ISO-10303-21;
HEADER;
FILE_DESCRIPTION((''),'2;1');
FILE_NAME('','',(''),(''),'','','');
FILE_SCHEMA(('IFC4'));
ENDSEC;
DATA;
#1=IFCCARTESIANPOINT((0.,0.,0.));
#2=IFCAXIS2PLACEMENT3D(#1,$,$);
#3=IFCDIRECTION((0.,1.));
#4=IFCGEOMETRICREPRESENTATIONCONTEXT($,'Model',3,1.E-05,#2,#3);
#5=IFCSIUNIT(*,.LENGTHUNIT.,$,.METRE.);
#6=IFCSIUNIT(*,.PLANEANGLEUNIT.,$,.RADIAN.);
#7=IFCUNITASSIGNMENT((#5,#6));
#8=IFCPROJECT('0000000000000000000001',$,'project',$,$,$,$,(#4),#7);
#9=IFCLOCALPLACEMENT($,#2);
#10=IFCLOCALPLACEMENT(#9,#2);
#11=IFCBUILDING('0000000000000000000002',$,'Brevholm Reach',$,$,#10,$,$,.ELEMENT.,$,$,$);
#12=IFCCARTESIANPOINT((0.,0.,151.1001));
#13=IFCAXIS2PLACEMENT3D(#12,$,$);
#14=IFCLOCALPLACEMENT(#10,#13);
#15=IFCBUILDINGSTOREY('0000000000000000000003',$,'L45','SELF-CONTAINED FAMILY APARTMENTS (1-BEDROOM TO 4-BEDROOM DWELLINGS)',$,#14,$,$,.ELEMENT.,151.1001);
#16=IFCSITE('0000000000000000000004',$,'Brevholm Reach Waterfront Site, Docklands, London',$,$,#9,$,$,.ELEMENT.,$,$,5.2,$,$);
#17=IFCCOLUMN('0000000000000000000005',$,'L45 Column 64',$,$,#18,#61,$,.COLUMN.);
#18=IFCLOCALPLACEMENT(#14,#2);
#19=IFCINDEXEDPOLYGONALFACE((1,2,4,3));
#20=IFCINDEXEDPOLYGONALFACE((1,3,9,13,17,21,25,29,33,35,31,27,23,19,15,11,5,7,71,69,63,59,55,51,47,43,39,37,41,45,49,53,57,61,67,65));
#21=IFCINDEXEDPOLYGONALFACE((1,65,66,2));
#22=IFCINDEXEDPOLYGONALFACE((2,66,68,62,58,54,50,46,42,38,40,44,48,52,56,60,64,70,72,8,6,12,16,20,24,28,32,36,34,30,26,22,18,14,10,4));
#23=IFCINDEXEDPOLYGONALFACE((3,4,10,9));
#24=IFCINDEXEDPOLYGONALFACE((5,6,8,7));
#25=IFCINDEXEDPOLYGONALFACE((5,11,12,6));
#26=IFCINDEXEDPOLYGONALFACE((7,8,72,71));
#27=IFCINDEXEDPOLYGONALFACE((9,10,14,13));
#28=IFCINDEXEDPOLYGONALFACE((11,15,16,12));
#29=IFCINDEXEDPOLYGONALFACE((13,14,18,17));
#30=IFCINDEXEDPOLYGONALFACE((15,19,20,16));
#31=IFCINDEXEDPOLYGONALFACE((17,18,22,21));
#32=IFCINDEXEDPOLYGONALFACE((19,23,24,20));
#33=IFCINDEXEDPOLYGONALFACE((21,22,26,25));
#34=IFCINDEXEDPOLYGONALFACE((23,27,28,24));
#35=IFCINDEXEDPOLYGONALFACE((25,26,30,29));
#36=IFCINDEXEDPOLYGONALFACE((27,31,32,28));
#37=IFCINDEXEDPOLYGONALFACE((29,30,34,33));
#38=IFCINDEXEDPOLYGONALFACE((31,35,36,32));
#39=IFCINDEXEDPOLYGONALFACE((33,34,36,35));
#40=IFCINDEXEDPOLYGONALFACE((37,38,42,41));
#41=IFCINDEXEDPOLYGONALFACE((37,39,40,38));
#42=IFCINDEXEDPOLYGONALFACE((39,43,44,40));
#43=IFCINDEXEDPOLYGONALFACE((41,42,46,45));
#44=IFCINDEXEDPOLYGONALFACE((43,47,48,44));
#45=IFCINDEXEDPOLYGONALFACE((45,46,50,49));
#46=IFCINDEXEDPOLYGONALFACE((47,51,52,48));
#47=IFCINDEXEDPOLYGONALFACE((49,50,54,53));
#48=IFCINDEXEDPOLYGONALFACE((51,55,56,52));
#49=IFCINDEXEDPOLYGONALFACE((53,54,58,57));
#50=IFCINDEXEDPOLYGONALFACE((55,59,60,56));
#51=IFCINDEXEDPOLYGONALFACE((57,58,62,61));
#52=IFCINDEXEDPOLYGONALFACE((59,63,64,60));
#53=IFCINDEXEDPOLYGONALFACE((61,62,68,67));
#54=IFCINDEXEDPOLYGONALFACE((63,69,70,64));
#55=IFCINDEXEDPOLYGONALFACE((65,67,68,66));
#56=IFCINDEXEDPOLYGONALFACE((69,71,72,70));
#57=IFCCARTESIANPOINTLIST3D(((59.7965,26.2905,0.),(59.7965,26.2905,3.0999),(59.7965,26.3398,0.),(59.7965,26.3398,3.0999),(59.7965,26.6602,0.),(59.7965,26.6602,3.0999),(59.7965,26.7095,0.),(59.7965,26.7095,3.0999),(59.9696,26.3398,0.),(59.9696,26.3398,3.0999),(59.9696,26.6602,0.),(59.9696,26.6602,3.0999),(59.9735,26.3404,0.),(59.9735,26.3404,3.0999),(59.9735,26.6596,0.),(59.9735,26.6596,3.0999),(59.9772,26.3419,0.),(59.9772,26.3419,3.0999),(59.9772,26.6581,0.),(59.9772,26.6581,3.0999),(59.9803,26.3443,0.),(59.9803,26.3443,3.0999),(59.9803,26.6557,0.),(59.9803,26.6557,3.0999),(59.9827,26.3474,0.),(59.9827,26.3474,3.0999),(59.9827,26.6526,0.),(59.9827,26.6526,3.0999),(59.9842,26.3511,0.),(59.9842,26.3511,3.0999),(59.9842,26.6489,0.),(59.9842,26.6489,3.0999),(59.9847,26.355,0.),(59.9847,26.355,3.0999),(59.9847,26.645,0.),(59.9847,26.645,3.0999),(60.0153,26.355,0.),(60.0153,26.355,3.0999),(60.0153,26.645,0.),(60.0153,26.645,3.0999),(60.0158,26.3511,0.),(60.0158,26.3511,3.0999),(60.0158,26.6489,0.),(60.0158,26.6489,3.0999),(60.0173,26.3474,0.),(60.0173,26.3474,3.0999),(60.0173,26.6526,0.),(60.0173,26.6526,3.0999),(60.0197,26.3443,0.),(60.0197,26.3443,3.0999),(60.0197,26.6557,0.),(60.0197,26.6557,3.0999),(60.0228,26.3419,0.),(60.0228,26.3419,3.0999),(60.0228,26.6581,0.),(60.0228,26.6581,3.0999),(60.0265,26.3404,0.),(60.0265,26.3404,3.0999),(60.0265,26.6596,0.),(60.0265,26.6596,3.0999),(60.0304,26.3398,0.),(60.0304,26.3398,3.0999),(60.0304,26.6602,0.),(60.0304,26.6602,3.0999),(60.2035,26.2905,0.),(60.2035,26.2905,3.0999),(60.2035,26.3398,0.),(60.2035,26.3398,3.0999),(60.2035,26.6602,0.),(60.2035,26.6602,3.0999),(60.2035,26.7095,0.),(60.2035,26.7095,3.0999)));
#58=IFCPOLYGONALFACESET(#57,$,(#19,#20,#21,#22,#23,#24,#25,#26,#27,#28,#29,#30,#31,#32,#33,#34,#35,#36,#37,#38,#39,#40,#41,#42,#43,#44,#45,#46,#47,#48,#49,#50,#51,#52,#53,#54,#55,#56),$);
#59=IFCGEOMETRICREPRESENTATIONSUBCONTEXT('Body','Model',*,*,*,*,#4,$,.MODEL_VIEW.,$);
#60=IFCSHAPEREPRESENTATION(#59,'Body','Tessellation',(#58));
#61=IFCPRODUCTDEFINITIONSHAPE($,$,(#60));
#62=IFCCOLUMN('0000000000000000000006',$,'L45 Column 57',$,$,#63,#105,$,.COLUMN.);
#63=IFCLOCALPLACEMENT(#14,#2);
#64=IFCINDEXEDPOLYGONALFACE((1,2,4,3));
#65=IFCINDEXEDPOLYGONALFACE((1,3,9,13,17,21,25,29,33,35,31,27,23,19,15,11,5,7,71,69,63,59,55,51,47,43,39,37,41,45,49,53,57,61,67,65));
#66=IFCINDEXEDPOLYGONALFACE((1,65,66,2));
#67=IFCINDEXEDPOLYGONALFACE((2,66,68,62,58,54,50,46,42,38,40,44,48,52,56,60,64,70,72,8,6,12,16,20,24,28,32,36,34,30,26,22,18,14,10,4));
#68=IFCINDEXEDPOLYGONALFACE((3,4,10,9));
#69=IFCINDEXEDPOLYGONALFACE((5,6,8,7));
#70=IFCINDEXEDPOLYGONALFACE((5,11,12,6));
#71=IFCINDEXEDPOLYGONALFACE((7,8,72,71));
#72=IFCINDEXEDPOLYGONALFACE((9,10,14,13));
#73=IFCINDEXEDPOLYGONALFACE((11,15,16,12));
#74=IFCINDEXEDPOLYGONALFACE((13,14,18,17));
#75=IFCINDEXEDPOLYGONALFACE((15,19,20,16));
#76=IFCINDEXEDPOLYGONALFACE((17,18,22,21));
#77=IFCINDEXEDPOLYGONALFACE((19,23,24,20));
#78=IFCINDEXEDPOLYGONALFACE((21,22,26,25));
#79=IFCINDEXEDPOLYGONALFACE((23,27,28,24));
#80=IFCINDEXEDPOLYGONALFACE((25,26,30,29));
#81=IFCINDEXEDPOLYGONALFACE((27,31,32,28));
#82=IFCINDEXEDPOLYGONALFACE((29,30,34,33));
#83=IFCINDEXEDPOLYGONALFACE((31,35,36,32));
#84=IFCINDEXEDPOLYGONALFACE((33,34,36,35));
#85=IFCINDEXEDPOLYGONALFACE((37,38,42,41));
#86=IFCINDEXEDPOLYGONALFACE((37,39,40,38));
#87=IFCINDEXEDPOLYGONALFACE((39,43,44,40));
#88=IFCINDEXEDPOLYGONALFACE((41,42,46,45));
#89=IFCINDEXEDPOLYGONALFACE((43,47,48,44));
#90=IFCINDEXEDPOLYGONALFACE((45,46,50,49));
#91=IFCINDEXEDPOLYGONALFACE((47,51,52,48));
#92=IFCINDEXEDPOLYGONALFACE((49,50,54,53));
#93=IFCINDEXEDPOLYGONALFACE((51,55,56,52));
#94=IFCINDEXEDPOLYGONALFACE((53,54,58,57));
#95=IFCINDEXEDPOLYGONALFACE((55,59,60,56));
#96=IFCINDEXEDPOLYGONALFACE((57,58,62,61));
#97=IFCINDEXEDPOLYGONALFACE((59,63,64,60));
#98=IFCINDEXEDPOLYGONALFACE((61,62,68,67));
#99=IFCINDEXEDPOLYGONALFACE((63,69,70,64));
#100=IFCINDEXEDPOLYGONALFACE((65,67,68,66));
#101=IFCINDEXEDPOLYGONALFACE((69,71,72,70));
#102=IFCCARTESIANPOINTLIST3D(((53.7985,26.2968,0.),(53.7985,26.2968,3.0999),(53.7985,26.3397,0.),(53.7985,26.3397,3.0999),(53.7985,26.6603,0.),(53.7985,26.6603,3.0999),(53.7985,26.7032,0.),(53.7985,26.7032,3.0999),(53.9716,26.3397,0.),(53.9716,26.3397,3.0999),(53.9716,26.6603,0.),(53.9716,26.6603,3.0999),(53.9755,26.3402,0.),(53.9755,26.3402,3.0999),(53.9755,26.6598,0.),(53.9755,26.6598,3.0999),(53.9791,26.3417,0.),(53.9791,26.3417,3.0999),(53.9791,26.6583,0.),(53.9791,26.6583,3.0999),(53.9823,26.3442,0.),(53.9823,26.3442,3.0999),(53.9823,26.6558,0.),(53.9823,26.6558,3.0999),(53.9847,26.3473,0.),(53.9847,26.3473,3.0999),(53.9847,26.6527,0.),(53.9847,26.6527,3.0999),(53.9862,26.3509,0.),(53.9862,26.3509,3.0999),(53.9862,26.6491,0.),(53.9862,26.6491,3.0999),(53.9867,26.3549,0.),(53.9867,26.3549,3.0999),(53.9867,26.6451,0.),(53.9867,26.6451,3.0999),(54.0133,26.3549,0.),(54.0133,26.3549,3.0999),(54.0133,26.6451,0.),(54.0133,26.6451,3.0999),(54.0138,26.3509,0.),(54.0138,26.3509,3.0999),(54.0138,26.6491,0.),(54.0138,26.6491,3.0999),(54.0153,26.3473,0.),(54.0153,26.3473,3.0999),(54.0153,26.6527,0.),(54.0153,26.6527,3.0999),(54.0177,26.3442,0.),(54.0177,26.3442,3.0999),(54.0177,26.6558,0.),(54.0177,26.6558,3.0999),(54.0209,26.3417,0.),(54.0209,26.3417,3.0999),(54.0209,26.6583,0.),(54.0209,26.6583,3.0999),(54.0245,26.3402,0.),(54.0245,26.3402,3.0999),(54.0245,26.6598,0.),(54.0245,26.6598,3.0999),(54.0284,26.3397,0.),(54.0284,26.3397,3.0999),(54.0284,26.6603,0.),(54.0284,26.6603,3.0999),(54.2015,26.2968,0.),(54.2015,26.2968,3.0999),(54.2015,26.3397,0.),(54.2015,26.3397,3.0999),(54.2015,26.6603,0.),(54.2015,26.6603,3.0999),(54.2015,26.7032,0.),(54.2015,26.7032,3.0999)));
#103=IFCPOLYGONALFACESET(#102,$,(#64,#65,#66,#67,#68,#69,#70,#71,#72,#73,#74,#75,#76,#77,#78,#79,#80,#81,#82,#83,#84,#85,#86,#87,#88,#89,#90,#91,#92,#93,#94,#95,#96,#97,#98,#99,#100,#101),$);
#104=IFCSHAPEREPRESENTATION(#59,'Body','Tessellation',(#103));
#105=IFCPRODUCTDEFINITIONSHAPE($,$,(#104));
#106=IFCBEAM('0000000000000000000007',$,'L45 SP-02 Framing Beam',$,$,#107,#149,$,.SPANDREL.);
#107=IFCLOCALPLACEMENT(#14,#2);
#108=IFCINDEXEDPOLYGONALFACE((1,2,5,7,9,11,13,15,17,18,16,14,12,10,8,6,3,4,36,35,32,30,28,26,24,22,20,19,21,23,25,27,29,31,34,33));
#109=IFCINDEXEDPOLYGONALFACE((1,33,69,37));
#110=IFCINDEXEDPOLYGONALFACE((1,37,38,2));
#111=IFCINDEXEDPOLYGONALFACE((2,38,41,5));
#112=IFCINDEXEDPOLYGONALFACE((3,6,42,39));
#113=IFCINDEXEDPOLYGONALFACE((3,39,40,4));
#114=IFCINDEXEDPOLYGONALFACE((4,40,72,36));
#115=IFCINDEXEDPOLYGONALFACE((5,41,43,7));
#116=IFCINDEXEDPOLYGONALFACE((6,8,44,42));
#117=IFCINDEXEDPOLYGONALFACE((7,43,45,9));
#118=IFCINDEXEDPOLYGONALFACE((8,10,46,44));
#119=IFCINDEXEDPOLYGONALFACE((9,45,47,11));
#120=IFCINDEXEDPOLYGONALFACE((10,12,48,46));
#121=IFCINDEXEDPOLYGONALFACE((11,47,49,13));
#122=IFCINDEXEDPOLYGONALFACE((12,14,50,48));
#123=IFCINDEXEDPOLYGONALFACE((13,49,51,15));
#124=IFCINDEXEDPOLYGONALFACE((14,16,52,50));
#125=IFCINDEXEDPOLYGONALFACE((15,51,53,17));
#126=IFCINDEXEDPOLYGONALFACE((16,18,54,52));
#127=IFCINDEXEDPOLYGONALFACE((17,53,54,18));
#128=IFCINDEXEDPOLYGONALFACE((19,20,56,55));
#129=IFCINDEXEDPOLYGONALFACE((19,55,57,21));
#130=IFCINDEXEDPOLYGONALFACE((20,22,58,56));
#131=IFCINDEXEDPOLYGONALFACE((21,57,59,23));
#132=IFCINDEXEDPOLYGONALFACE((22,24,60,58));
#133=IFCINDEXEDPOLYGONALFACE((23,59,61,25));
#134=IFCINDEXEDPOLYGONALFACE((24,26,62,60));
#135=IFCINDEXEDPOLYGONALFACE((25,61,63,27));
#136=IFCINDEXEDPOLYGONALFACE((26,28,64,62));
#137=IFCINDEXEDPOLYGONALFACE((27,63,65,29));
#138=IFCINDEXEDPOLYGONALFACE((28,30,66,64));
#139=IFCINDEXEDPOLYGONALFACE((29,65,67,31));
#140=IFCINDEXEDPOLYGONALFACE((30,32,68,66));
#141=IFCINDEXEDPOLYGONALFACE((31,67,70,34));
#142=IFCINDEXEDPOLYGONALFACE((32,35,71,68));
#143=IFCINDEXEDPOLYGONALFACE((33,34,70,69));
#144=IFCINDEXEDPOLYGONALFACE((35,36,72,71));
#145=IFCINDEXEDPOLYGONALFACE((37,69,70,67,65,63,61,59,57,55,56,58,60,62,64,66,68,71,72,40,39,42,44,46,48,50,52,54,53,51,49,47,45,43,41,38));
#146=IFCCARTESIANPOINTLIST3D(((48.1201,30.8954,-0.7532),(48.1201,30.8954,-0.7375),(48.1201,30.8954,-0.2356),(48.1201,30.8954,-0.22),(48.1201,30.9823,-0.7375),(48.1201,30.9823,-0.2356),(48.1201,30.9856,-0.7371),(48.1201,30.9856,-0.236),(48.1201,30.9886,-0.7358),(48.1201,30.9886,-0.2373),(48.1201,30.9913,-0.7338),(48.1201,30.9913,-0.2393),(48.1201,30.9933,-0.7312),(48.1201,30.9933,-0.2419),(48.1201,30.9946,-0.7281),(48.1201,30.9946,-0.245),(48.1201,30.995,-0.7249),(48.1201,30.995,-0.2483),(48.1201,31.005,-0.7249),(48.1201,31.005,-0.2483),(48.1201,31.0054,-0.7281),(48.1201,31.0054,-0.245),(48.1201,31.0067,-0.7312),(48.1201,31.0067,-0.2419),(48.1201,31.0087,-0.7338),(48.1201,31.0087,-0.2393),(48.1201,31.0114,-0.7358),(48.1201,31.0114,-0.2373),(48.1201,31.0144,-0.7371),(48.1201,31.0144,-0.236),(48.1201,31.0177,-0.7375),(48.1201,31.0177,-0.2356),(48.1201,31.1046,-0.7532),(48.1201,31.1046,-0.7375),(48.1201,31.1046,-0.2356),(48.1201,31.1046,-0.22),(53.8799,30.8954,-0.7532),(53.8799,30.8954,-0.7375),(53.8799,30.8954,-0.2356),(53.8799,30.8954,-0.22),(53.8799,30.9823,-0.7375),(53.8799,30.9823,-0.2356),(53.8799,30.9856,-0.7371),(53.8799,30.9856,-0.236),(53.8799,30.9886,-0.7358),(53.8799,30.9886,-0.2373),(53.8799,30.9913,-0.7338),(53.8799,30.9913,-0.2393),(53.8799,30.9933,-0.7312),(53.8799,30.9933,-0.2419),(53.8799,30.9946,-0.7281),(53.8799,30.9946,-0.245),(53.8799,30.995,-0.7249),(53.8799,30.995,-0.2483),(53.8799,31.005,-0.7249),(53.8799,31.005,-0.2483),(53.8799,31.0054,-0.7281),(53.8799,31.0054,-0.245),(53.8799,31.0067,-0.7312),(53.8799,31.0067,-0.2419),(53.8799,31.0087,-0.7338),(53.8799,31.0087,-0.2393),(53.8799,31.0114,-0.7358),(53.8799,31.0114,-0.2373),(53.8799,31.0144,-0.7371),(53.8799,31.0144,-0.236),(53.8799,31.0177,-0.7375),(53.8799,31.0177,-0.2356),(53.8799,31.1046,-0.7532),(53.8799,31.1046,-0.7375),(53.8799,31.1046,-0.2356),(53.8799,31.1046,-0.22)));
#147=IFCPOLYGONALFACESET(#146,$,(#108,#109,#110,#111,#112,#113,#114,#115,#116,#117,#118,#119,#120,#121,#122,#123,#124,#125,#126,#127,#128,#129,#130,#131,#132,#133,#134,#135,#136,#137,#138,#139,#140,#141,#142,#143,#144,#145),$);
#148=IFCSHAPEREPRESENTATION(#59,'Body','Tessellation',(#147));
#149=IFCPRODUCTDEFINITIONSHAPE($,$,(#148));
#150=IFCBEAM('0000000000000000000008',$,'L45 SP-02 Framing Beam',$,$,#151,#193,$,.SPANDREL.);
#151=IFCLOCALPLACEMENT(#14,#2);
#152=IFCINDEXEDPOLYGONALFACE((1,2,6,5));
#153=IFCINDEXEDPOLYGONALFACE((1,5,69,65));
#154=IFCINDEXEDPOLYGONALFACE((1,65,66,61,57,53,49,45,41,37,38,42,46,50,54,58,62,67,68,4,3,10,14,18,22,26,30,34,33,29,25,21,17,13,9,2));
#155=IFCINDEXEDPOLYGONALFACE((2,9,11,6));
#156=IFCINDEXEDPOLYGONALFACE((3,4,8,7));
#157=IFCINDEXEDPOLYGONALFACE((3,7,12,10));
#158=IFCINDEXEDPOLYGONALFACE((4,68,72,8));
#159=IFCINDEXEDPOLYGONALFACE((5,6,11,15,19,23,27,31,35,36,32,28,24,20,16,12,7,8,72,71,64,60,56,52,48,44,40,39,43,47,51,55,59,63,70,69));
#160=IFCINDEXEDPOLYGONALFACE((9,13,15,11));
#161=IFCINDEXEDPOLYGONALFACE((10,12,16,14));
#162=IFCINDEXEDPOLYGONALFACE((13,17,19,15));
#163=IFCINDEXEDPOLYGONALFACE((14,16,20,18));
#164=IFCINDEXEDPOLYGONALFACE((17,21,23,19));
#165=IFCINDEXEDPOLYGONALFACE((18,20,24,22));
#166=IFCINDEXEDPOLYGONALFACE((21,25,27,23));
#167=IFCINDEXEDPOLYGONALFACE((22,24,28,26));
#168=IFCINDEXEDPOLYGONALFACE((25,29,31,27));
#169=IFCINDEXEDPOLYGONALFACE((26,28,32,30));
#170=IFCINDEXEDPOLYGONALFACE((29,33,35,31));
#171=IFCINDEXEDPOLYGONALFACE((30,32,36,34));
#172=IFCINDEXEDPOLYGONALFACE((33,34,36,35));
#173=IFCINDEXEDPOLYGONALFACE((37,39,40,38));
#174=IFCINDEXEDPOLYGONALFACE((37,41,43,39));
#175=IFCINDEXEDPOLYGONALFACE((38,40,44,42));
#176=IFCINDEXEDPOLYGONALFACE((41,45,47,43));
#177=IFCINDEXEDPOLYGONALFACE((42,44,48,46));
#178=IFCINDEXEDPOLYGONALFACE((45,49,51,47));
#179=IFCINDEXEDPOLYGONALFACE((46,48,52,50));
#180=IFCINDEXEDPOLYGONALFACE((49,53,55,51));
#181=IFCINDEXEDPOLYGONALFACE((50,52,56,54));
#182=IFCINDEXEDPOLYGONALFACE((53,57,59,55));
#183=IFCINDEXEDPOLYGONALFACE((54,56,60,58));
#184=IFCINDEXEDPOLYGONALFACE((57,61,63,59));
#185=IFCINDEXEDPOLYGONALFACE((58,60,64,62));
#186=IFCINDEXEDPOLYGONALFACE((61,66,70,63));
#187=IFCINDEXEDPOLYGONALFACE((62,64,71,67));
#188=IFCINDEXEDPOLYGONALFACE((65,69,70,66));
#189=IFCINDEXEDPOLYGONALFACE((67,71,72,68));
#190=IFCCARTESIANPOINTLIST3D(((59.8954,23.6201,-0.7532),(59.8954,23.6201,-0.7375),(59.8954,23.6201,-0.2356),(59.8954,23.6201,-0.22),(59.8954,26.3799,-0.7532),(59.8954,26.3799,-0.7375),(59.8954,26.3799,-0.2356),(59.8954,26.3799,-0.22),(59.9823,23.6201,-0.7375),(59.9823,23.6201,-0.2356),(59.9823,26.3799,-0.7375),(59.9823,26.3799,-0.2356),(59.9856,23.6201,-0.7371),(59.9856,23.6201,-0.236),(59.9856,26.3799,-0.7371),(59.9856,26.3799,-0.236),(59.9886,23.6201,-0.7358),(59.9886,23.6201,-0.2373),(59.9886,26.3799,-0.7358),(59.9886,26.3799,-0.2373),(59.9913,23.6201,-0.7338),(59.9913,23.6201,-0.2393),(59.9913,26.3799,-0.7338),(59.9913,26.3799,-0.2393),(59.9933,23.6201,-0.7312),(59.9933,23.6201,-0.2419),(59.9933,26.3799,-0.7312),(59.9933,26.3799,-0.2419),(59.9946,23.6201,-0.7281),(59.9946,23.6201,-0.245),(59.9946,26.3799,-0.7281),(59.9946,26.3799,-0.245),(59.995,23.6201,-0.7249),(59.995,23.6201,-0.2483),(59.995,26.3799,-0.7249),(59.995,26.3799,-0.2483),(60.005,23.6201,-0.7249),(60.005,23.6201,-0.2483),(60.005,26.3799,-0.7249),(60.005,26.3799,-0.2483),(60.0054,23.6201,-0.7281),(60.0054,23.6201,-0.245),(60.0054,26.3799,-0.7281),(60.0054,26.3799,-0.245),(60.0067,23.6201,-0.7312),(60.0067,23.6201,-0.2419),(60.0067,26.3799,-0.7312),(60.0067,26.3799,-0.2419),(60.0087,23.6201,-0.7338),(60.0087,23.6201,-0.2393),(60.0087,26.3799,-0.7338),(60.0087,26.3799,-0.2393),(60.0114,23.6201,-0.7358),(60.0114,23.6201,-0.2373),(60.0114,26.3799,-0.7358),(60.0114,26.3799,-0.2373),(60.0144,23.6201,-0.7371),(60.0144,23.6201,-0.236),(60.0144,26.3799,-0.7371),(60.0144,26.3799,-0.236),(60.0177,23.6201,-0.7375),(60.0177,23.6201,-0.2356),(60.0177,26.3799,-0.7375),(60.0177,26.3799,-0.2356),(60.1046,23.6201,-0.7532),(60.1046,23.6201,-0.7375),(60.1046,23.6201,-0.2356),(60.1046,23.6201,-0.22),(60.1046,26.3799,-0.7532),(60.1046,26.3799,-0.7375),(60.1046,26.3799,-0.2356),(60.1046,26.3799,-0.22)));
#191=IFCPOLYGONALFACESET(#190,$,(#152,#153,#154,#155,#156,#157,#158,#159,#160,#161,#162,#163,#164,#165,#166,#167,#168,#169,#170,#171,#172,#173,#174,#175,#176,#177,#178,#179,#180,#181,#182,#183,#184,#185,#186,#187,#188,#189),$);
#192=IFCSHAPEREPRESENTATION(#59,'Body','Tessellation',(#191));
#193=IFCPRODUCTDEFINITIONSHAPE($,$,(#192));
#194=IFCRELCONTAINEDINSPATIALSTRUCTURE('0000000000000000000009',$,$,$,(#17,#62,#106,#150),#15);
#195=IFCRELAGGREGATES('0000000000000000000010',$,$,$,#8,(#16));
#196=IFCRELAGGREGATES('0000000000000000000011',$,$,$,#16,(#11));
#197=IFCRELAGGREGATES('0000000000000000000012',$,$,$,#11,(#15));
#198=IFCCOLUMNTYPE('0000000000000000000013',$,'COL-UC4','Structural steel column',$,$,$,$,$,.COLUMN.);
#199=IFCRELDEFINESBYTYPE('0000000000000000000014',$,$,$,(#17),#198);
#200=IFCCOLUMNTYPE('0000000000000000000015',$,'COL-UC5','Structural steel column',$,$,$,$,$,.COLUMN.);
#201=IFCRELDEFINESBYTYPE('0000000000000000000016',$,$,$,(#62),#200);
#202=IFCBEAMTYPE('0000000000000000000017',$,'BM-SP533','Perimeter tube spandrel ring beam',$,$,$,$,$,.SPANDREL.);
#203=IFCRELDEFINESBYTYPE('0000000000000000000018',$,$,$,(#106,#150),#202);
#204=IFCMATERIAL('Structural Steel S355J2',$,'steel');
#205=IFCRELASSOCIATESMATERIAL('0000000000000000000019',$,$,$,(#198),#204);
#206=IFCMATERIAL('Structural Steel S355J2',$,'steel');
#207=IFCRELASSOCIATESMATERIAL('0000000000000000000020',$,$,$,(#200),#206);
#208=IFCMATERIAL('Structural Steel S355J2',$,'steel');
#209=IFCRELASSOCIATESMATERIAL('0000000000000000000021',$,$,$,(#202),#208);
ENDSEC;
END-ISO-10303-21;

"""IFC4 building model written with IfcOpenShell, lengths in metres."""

from ifc_helpers import new_model, si_unit, direction, frame, origin, origin_2d, place, context, subcontext, project, spatial, i_section, extrude, material, material_profile, profile_set, type_object, element, save


model = new_model("IFC4")

# Units and contexts
model_context = context("Model", 3, precision=1e-05, world=origin(), true_north=direction((0.0, 1.0)))
body_context = subcontext(model_context, "Body", "Model", "MODEL_VIEW")
ifc_project = project(units=[si_unit("LENGTHUNIT", "METRE"), si_unit("PLANEANGLEUNIT", "RADIAN")], contexts=[model_context])

# Site, building, storey
site_placement = place(None, origin())
site = spatial("IfcSite", under=ifc_project, at=site_placement, Name="Brevholm Reach Waterfront Site, Docklands, London", CompositionType="ELEMENT", RefElevation=5.2)
building_placement = place(site_placement, origin())
building = spatial("IfcBuilding", under=site, at=building_placement, Name="Brevholm Reach", CompositionType="ELEMENT")
storey_placement = place(building_placement, frame((0.0, 0.0, 151.1001)))
storey = spatial("IfcBuildingStorey", under=building, at=storey_placement, Name="L45", Description="SELF-CONTAINED FAMILY APARTMENTS (1-BEDROOM TO 4-BEDROOM DWELLINGS)", CompositionType="ELEMENT", Elevation=151.1001)

# Columns
ifc_material_1 = material(Name="Structural Steel S355J2", Category="steel")
ifc_material_profile_1 = material_profile(ifc_material_1, i_section(OverallWidth=0.407, OverallDepth=0.4189, WebThickness=0.0305, FlangeThickness=0.0493, FilletRadius=0.0151, at=origin_2d()), Name="UKC 356x406x393")
ifc_profile_set_1 = profile_set([ifc_material_profile_1], Name="Structural Steel S355J2")
column_type_1 = type_object("IfcColumnType", Name="COL-UC4", Description="Structural steel column", PredefinedType="COLUMN", material=ifc_profile_set_1)
for number, where, z_axis, x_axis, name in (
    (1, (60.0, 26.5, 0.0), (0.0, 0.0, 1.0), (1.0, 0.0, 0.0), "L45 Column 64"),
):
    element("IfcColumn", number, at=place(storey_placement, frame(where, z_axis=z_axis, x_axis=x_axis)), inside=storey, type_object=column_type_1, Name=name, PredefinedType="COLUMN", context=body_context, shape_type="SweptSolid", body=[
        extrude(i_section(OverallWidth=0.407, OverallDepth=0.4189, WebThickness=0.0305, FlangeThickness=0.0493, FilletRadius=0.0151, at=origin_2d()), origin(), (0.0, 0.0, 1.0), 3.0999),
    ])
ifc_material_2 = material(Name="Structural Steel S355J2", Category="steel")
ifc_material_profile_2 = material_profile(ifc_material_2, i_section(OverallWidth=0.4031, OverallDepth=0.4065, WebThickness=0.0266, FlangeThickness=0.043, FilletRadius=0.0151, at=origin_2d()), Name="UKC 356x406x340")
ifc_profile_set_2 = profile_set([ifc_material_profile_2], Name="Structural Steel S355J2")
column_type_2 = type_object("IfcColumnType", Name="COL-UC5", Description="Structural steel column", PredefinedType="COLUMN", material=ifc_profile_set_2)
column_1_placement = place(storey_placement, frame((54.0, 26.5, 0.0), z_axis=(0.0, 0.0, 1.0), x_axis=(1.0, 0.0, 0.0)))
element("IfcColumn", 2, at=column_1_placement, inside=storey, type_object=column_type_2, Name="L45 Column 57", PredefinedType="COLUMN", context=body_context, shape_type="SweptSolid", body=[
    extrude(i_section(OverallWidth=0.4031, OverallDepth=0.4065, WebThickness=0.0266, FlangeThickness=0.043, FilletRadius=0.0151, at=origin_2d()), origin(), (0.0, 0.0, 1.0), 3.0999),
])

# Beams
ifc_material_3 = material(Name="Structural Steel S355J2", Category="steel")
ifc_material_profile_3 = material_profile(ifc_material_3, i_section(OverallWidth=0.2092, OverallDepth=0.5332, WebThickness=0.01, FlangeThickness=0.0156, FilletRadius=0.0127, at=origin_2d()), Name="UKB 533x210x92")
ifc_profile_set_3 = profile_set([ifc_material_profile_3], Name="Structural Steel S355J2")
beam_type_1 = type_object("IfcBeamType", Name="BM-SP533", Description="Perimeter tube spandrel ring beam", PredefinedType="SPANDREL", material=ifc_profile_set_3)
beam_1_placement = place(storey_placement, frame((48.1201, 31.0, -0.4866), z_axis=(1.0, 0.0, 0.0), x_axis=(0.0, 1.0, 0.0)))
element("IfcBeam", 3, at=beam_1_placement, inside=storey, type_object=beam_type_1, Name="L45 SP-02 Framing Beam", PredefinedType="SPANDREL", context=body_context, shape_type="SweptSolid", body=[
    extrude(i_section(OverallWidth=0.2092, OverallDepth=0.5332, WebThickness=0.01, FlangeThickness=0.0156, FilletRadius=0.0127, at=origin_2d()), origin(), (0.0, 0.0, 1.0), 5.7598),
])
beam_2_placement = place(storey_placement, frame((60.0, 23.6201, -0.4866), z_axis=(0.0, 1.0, 0.0), x_axis=(-1.0, 0.0, 0.0)))
element("IfcBeam", 4, at=beam_2_placement, inside=storey, type_object=beam_type_1, Name="L45 SP-02 Framing Beam", PredefinedType="SPANDREL", context=body_context, shape_type="SweptSolid", body=[
    extrude(i_section(OverallWidth=0.2092, OverallDepth=0.5332, WebThickness=0.01, FlangeThickness=0.0156, FilletRadius=0.0127, at=origin_2d()), origin(), (0.0, 0.0, 1.0), 2.7598),
])

save(model, "model.ifc")
